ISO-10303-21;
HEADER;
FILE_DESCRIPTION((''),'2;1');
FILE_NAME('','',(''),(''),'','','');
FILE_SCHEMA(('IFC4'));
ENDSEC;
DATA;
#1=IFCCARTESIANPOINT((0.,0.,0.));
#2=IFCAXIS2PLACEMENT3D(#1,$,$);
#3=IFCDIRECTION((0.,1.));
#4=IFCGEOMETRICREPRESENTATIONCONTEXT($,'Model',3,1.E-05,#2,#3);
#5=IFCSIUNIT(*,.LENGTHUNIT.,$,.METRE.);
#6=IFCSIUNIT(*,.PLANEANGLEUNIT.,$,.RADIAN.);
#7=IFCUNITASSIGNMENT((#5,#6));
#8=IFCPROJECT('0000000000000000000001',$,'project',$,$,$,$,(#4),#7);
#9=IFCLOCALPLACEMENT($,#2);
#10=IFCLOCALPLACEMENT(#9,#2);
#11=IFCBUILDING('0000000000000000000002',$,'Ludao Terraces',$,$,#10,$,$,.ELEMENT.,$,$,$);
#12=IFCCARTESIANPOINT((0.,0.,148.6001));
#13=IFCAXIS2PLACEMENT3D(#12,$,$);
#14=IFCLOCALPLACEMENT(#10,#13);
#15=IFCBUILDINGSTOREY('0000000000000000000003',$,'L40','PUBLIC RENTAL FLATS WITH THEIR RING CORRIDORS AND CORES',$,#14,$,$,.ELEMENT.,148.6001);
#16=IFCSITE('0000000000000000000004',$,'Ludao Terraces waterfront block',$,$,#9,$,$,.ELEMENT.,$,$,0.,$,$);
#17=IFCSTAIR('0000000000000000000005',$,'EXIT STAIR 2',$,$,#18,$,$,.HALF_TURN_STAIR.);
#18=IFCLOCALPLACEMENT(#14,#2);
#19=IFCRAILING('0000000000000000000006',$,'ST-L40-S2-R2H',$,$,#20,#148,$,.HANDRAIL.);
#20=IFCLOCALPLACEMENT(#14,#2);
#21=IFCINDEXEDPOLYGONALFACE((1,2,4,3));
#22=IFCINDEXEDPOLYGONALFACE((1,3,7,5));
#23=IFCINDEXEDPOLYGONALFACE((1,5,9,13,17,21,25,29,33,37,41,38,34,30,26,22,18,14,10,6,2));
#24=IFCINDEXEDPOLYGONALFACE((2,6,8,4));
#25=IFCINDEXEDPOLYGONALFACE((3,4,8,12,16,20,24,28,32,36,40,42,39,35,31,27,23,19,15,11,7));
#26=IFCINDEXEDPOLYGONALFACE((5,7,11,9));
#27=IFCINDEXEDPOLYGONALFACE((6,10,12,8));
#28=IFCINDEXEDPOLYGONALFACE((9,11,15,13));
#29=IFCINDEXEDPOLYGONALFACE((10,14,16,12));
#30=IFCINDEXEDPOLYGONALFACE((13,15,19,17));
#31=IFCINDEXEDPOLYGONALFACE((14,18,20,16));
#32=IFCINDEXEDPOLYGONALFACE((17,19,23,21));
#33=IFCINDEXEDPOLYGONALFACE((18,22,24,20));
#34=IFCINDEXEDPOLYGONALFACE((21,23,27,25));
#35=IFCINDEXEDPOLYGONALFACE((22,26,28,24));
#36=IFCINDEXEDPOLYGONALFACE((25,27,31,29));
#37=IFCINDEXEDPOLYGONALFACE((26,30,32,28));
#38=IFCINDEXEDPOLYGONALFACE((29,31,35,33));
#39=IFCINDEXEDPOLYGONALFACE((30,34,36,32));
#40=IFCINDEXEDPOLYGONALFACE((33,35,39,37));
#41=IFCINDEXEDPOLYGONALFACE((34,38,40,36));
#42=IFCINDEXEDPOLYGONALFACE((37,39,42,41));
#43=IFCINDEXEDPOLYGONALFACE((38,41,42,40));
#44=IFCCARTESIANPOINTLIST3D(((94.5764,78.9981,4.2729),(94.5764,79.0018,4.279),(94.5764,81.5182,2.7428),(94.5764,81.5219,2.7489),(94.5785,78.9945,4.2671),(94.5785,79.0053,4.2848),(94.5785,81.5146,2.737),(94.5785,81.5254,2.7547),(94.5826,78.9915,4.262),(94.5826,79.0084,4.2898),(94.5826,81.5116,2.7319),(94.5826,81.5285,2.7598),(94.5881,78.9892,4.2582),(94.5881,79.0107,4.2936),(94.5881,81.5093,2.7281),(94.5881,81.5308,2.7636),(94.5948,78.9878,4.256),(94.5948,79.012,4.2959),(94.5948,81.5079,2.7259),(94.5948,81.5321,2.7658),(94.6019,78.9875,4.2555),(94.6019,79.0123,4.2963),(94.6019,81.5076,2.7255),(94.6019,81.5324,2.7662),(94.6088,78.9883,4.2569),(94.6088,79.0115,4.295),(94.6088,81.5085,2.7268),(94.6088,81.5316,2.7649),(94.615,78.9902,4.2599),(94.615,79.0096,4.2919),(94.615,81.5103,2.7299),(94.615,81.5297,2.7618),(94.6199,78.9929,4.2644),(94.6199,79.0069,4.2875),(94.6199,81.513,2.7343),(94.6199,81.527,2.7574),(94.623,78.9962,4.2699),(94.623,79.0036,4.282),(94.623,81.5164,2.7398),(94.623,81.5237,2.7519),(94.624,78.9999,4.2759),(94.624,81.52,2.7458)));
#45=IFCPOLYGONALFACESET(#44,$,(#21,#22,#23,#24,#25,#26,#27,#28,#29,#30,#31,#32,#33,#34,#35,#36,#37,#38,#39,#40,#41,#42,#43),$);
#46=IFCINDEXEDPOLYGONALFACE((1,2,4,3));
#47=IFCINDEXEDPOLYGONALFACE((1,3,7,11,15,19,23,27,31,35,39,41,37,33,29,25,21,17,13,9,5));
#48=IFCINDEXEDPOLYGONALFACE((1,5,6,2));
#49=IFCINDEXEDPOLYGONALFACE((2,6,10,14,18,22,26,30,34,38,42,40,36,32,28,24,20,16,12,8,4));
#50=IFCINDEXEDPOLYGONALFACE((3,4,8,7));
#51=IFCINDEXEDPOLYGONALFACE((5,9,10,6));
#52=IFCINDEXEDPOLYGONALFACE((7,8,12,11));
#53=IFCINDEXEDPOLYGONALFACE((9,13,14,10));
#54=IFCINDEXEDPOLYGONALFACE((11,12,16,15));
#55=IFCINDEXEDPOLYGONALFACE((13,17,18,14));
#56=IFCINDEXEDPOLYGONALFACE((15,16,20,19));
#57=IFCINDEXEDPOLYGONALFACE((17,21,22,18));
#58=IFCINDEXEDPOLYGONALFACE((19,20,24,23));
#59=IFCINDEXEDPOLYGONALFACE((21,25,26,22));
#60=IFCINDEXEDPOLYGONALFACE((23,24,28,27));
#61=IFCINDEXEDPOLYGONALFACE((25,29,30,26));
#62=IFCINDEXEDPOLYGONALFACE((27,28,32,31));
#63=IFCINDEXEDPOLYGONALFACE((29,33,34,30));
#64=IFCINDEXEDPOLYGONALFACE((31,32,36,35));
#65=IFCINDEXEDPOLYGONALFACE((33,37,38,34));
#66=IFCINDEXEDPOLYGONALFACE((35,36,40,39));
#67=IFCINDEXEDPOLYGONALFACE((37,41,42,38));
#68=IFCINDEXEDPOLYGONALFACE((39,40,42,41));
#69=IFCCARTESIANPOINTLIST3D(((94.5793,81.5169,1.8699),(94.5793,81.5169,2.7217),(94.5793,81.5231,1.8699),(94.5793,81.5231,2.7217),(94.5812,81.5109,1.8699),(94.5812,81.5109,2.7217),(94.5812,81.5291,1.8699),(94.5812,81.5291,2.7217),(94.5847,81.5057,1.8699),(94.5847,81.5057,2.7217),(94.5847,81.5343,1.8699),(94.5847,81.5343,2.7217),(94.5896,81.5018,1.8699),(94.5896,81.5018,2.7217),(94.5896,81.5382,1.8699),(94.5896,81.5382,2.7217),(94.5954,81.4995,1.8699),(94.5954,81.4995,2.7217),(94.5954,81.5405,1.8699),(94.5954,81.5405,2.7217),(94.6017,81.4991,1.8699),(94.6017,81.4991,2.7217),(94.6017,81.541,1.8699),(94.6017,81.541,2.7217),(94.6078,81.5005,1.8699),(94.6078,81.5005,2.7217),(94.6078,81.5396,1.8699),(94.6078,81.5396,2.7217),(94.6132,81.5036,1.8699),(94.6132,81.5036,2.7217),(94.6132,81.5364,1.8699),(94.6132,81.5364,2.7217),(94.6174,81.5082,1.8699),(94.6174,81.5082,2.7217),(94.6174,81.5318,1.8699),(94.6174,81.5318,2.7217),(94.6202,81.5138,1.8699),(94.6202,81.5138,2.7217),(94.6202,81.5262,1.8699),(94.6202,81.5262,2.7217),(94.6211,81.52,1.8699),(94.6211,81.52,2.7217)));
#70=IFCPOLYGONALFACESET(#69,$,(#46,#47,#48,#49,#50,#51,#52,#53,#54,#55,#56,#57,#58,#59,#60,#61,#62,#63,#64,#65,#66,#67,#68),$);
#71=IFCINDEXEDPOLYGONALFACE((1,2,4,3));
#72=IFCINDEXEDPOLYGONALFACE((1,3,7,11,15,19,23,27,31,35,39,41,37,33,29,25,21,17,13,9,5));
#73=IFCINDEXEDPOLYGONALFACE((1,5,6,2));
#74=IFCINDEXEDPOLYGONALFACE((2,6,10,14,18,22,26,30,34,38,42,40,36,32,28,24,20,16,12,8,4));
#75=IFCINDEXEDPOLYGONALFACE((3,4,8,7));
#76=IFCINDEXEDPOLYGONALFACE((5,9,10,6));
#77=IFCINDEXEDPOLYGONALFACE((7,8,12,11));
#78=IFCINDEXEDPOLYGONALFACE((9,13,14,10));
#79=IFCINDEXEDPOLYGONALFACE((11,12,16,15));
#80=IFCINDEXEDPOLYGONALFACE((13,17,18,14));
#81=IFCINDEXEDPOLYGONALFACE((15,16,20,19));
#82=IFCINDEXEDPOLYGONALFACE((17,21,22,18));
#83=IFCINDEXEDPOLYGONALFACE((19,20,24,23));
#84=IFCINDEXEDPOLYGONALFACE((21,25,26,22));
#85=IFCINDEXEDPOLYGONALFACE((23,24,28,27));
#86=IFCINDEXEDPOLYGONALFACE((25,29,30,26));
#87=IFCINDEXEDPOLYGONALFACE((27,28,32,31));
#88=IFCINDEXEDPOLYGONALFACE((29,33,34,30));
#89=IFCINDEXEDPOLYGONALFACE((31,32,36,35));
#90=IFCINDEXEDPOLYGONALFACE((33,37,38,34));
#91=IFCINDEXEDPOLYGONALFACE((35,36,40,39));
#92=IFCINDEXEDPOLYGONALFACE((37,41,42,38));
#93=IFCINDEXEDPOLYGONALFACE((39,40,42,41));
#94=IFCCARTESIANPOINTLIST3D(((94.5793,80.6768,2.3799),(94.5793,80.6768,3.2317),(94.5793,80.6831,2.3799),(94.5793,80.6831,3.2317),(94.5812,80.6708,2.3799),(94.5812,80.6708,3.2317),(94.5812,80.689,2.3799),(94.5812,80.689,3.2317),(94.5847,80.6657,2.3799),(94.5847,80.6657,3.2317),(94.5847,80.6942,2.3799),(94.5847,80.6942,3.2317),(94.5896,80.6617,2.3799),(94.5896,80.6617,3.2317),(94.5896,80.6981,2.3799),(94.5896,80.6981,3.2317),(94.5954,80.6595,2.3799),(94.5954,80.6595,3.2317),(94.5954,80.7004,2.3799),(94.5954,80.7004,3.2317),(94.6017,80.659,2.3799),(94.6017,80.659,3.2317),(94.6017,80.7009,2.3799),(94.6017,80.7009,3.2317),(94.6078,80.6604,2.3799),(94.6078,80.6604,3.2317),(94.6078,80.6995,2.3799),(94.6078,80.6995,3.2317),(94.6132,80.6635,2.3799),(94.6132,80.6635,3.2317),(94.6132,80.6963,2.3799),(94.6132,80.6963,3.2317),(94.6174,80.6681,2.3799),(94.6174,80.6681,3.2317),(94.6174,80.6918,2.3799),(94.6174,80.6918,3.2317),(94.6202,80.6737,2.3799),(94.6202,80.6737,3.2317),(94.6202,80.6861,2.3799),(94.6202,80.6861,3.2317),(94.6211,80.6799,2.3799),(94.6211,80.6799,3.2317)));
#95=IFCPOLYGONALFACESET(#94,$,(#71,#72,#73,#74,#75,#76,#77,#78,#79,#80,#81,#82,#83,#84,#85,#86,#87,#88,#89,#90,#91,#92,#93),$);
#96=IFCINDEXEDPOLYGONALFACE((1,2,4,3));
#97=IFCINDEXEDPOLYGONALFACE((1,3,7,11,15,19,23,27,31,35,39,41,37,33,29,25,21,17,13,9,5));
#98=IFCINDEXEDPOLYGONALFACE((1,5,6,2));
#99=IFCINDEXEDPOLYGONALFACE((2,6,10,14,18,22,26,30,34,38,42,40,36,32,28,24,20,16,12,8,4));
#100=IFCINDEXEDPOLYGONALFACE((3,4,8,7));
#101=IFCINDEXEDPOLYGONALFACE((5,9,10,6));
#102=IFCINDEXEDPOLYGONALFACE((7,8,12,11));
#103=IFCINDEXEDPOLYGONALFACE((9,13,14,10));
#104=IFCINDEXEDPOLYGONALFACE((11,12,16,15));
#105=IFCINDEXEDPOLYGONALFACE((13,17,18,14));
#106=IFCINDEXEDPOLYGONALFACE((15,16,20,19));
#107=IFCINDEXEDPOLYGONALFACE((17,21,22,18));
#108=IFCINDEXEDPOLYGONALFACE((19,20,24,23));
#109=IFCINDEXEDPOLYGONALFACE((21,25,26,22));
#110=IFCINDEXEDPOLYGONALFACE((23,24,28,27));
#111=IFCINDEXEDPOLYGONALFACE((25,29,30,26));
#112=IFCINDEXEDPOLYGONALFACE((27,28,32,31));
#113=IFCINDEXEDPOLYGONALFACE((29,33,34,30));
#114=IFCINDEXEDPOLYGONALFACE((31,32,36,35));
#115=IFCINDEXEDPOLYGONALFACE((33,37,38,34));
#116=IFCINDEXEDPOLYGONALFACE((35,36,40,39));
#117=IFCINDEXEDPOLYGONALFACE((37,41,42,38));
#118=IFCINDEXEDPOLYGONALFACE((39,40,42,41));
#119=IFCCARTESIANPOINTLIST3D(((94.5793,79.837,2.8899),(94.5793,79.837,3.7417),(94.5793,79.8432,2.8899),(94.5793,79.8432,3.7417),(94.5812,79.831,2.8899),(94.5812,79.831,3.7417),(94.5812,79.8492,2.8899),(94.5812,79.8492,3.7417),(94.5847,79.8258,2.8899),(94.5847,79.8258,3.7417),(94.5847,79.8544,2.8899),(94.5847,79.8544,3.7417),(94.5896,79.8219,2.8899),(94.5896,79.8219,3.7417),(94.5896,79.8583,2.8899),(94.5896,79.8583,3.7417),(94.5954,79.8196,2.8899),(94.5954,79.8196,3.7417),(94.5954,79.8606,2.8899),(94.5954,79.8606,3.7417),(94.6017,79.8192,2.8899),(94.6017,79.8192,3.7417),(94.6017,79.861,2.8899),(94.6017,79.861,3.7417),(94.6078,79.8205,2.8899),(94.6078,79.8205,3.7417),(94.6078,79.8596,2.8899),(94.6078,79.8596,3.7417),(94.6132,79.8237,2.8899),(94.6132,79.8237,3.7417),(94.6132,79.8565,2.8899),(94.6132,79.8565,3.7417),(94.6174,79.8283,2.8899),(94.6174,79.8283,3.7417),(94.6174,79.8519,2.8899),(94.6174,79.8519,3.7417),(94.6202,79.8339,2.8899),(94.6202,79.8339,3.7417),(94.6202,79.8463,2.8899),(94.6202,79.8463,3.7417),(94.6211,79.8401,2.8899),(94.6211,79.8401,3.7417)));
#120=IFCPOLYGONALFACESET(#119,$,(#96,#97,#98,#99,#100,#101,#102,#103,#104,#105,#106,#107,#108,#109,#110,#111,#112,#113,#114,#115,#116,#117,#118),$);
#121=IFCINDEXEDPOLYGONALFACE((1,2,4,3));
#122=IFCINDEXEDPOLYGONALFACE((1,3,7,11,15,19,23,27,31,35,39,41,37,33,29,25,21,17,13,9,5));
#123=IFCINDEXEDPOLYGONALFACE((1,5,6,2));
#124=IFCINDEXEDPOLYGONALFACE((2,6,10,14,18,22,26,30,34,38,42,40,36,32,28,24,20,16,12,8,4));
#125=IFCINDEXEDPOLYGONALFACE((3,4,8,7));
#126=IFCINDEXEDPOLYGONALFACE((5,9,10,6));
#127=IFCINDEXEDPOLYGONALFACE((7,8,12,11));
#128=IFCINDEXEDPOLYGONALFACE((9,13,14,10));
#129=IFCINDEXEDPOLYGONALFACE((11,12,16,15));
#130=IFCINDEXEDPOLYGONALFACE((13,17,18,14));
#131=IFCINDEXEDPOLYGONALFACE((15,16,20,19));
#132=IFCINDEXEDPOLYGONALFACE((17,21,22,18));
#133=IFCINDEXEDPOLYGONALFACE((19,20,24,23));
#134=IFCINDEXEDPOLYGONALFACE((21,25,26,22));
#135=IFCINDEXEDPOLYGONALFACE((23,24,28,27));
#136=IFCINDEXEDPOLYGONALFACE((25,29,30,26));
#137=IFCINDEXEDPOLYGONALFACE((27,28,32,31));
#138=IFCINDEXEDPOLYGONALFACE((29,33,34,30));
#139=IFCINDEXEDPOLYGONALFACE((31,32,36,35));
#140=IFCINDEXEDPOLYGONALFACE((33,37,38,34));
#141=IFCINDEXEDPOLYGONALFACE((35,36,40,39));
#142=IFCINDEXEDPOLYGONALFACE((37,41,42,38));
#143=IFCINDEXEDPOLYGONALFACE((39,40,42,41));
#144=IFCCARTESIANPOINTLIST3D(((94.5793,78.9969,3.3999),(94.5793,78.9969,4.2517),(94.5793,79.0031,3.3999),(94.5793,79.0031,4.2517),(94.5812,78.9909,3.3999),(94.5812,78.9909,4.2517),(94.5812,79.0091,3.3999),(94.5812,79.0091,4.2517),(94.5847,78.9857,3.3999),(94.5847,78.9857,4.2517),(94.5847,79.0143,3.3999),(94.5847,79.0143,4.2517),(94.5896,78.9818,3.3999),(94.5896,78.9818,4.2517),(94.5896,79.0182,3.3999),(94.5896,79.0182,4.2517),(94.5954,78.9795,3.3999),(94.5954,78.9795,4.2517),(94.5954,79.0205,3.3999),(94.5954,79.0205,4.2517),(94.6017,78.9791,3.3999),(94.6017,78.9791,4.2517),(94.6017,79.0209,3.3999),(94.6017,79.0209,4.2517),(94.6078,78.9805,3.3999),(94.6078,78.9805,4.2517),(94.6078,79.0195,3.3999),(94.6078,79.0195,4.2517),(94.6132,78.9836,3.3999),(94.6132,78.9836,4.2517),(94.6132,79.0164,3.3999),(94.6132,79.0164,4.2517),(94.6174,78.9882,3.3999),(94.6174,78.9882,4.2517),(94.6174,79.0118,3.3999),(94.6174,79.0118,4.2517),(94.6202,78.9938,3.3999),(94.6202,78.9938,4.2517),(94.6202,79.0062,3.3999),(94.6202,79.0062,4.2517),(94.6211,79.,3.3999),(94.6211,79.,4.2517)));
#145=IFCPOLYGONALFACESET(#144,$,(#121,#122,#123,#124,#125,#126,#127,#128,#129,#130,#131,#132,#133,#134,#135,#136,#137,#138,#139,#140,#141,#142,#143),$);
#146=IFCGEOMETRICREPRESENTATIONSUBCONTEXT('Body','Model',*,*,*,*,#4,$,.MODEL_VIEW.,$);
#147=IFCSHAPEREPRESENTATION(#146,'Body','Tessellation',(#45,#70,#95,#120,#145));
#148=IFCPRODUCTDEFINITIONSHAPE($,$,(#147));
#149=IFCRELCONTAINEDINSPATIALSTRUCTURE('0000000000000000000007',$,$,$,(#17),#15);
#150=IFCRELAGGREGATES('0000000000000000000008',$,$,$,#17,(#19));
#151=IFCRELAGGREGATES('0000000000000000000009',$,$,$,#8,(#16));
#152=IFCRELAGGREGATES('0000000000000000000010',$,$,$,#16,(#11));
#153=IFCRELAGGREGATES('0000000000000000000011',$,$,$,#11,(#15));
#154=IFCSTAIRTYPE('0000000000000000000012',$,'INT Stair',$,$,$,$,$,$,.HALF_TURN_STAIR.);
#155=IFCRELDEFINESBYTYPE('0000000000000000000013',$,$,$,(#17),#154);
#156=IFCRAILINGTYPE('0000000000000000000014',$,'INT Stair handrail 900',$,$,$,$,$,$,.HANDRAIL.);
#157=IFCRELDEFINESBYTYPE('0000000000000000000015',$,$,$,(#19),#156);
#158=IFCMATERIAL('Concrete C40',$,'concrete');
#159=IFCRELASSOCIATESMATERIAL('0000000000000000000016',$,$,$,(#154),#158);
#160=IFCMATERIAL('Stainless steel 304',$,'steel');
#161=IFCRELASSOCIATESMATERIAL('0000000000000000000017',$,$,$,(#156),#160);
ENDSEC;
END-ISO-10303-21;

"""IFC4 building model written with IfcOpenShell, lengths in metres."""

from ifc_helpers import new_model, si_unit, direction, frame, origin, origin_2d, place, context, subcontext, project, spatial, circle, extrude, material, type_object, element, aggregate, save


model = new_model("IFC4")

# Units and contexts
model_context = context("Model", 3, precision=1e-05, world=origin(), true_north=direction((0.0, 1.0)))
body_context = subcontext(model_context, "Body", "Model", "MODEL_VIEW")
ifc_project = project(units=[si_unit("LENGTHUNIT", "METRE"), si_unit("PLANEANGLEUNIT", "RADIAN")], contexts=[model_context])

# Site, building, storey
site_placement = place(None, origin())
site = spatial("IfcSite", under=ifc_project, at=site_placement, Name="Ludao Terraces waterfront block", CompositionType="ELEMENT", RefElevation=0.0)
building_placement = place(site_placement, origin())
building = spatial("IfcBuilding", under=site, at=building_placement, Name="Ludao Terraces", CompositionType="ELEMENT")
storey_placement = place(building_placement, frame((0.0, 0.0, 148.6001)))
storey = spatial("IfcBuildingStorey", under=building, at=storey_placement, Name="L40", Description="PUBLIC RENTAL FLATS WITH THEIR RING CORRIDORS AND CORES", CompositionType="ELEMENT", Elevation=148.6001)

# Shared definitions
ifc_material_1 = material(Name="Stainless steel 304", Category="steel")

# Stair, railing
ifc_material_2 = material(Name="Concrete C40", Category="concrete")
stair_type = type_object("IfcStairType", Name="INT Stair", PredefinedType="HALF_TURN_STAIR", material=ifc_material_2)
stair_placement = place(storey_placement, origin())
stair = element("IfcStair", 1, at=stair_placement, inside=storey, type_object=stair_type, Name="EXIT STAIR 2", PredefinedType="HALF_TURN_STAIR")
railing_type_1 = type_object("IfcRailingType", Name="INT Stair handrail 900", PredefinedType="HANDRAIL", material=ifc_material_1)
railing_1_placement = place(storey_placement, frame((94.6001, 81.52, 1.8699)))
railing_1 = element("IfcRailing", 2, at=railing_1_placement, type_object=railing_type_1, Name="ST-L40-S2-R2H", PredefinedType="HANDRAIL", context=body_context, shape_type="SweptSolid", body=[
    extrude(circle(Radius=0.0239, at=origin_2d()), frame((0.0, 0.0, 0.876), z_axis=(0.0, -0.854785, 0.518982), x_axis=(1.0, 0.0, 0.0)), (0.0, 0.0, 1.0), 2.9482),
    extrude(circle(Radius=0.021, at=origin_2d()), origin(), (0.0, 0.0, 1.0), 0.8518),
    extrude(circle(Radius=0.021, at=origin_2d()), frame((0.0, -0.8401, 0.51)), (0.0, 0.0, 1.0), 0.8518),
    extrude(circle(Radius=0.021, at=origin_2d()), frame((0.0, -1.6799, 1.02)), (0.0, 0.0, 1.0), 0.8518),
    extrude(circle(Radius=0.021, at=origin_2d()), frame((0.0, -2.52, 1.53)), (0.0, 0.0, 1.0), 0.8518),
])
aggregate(stair, [railing_1])

save(model, "model.ifc")
